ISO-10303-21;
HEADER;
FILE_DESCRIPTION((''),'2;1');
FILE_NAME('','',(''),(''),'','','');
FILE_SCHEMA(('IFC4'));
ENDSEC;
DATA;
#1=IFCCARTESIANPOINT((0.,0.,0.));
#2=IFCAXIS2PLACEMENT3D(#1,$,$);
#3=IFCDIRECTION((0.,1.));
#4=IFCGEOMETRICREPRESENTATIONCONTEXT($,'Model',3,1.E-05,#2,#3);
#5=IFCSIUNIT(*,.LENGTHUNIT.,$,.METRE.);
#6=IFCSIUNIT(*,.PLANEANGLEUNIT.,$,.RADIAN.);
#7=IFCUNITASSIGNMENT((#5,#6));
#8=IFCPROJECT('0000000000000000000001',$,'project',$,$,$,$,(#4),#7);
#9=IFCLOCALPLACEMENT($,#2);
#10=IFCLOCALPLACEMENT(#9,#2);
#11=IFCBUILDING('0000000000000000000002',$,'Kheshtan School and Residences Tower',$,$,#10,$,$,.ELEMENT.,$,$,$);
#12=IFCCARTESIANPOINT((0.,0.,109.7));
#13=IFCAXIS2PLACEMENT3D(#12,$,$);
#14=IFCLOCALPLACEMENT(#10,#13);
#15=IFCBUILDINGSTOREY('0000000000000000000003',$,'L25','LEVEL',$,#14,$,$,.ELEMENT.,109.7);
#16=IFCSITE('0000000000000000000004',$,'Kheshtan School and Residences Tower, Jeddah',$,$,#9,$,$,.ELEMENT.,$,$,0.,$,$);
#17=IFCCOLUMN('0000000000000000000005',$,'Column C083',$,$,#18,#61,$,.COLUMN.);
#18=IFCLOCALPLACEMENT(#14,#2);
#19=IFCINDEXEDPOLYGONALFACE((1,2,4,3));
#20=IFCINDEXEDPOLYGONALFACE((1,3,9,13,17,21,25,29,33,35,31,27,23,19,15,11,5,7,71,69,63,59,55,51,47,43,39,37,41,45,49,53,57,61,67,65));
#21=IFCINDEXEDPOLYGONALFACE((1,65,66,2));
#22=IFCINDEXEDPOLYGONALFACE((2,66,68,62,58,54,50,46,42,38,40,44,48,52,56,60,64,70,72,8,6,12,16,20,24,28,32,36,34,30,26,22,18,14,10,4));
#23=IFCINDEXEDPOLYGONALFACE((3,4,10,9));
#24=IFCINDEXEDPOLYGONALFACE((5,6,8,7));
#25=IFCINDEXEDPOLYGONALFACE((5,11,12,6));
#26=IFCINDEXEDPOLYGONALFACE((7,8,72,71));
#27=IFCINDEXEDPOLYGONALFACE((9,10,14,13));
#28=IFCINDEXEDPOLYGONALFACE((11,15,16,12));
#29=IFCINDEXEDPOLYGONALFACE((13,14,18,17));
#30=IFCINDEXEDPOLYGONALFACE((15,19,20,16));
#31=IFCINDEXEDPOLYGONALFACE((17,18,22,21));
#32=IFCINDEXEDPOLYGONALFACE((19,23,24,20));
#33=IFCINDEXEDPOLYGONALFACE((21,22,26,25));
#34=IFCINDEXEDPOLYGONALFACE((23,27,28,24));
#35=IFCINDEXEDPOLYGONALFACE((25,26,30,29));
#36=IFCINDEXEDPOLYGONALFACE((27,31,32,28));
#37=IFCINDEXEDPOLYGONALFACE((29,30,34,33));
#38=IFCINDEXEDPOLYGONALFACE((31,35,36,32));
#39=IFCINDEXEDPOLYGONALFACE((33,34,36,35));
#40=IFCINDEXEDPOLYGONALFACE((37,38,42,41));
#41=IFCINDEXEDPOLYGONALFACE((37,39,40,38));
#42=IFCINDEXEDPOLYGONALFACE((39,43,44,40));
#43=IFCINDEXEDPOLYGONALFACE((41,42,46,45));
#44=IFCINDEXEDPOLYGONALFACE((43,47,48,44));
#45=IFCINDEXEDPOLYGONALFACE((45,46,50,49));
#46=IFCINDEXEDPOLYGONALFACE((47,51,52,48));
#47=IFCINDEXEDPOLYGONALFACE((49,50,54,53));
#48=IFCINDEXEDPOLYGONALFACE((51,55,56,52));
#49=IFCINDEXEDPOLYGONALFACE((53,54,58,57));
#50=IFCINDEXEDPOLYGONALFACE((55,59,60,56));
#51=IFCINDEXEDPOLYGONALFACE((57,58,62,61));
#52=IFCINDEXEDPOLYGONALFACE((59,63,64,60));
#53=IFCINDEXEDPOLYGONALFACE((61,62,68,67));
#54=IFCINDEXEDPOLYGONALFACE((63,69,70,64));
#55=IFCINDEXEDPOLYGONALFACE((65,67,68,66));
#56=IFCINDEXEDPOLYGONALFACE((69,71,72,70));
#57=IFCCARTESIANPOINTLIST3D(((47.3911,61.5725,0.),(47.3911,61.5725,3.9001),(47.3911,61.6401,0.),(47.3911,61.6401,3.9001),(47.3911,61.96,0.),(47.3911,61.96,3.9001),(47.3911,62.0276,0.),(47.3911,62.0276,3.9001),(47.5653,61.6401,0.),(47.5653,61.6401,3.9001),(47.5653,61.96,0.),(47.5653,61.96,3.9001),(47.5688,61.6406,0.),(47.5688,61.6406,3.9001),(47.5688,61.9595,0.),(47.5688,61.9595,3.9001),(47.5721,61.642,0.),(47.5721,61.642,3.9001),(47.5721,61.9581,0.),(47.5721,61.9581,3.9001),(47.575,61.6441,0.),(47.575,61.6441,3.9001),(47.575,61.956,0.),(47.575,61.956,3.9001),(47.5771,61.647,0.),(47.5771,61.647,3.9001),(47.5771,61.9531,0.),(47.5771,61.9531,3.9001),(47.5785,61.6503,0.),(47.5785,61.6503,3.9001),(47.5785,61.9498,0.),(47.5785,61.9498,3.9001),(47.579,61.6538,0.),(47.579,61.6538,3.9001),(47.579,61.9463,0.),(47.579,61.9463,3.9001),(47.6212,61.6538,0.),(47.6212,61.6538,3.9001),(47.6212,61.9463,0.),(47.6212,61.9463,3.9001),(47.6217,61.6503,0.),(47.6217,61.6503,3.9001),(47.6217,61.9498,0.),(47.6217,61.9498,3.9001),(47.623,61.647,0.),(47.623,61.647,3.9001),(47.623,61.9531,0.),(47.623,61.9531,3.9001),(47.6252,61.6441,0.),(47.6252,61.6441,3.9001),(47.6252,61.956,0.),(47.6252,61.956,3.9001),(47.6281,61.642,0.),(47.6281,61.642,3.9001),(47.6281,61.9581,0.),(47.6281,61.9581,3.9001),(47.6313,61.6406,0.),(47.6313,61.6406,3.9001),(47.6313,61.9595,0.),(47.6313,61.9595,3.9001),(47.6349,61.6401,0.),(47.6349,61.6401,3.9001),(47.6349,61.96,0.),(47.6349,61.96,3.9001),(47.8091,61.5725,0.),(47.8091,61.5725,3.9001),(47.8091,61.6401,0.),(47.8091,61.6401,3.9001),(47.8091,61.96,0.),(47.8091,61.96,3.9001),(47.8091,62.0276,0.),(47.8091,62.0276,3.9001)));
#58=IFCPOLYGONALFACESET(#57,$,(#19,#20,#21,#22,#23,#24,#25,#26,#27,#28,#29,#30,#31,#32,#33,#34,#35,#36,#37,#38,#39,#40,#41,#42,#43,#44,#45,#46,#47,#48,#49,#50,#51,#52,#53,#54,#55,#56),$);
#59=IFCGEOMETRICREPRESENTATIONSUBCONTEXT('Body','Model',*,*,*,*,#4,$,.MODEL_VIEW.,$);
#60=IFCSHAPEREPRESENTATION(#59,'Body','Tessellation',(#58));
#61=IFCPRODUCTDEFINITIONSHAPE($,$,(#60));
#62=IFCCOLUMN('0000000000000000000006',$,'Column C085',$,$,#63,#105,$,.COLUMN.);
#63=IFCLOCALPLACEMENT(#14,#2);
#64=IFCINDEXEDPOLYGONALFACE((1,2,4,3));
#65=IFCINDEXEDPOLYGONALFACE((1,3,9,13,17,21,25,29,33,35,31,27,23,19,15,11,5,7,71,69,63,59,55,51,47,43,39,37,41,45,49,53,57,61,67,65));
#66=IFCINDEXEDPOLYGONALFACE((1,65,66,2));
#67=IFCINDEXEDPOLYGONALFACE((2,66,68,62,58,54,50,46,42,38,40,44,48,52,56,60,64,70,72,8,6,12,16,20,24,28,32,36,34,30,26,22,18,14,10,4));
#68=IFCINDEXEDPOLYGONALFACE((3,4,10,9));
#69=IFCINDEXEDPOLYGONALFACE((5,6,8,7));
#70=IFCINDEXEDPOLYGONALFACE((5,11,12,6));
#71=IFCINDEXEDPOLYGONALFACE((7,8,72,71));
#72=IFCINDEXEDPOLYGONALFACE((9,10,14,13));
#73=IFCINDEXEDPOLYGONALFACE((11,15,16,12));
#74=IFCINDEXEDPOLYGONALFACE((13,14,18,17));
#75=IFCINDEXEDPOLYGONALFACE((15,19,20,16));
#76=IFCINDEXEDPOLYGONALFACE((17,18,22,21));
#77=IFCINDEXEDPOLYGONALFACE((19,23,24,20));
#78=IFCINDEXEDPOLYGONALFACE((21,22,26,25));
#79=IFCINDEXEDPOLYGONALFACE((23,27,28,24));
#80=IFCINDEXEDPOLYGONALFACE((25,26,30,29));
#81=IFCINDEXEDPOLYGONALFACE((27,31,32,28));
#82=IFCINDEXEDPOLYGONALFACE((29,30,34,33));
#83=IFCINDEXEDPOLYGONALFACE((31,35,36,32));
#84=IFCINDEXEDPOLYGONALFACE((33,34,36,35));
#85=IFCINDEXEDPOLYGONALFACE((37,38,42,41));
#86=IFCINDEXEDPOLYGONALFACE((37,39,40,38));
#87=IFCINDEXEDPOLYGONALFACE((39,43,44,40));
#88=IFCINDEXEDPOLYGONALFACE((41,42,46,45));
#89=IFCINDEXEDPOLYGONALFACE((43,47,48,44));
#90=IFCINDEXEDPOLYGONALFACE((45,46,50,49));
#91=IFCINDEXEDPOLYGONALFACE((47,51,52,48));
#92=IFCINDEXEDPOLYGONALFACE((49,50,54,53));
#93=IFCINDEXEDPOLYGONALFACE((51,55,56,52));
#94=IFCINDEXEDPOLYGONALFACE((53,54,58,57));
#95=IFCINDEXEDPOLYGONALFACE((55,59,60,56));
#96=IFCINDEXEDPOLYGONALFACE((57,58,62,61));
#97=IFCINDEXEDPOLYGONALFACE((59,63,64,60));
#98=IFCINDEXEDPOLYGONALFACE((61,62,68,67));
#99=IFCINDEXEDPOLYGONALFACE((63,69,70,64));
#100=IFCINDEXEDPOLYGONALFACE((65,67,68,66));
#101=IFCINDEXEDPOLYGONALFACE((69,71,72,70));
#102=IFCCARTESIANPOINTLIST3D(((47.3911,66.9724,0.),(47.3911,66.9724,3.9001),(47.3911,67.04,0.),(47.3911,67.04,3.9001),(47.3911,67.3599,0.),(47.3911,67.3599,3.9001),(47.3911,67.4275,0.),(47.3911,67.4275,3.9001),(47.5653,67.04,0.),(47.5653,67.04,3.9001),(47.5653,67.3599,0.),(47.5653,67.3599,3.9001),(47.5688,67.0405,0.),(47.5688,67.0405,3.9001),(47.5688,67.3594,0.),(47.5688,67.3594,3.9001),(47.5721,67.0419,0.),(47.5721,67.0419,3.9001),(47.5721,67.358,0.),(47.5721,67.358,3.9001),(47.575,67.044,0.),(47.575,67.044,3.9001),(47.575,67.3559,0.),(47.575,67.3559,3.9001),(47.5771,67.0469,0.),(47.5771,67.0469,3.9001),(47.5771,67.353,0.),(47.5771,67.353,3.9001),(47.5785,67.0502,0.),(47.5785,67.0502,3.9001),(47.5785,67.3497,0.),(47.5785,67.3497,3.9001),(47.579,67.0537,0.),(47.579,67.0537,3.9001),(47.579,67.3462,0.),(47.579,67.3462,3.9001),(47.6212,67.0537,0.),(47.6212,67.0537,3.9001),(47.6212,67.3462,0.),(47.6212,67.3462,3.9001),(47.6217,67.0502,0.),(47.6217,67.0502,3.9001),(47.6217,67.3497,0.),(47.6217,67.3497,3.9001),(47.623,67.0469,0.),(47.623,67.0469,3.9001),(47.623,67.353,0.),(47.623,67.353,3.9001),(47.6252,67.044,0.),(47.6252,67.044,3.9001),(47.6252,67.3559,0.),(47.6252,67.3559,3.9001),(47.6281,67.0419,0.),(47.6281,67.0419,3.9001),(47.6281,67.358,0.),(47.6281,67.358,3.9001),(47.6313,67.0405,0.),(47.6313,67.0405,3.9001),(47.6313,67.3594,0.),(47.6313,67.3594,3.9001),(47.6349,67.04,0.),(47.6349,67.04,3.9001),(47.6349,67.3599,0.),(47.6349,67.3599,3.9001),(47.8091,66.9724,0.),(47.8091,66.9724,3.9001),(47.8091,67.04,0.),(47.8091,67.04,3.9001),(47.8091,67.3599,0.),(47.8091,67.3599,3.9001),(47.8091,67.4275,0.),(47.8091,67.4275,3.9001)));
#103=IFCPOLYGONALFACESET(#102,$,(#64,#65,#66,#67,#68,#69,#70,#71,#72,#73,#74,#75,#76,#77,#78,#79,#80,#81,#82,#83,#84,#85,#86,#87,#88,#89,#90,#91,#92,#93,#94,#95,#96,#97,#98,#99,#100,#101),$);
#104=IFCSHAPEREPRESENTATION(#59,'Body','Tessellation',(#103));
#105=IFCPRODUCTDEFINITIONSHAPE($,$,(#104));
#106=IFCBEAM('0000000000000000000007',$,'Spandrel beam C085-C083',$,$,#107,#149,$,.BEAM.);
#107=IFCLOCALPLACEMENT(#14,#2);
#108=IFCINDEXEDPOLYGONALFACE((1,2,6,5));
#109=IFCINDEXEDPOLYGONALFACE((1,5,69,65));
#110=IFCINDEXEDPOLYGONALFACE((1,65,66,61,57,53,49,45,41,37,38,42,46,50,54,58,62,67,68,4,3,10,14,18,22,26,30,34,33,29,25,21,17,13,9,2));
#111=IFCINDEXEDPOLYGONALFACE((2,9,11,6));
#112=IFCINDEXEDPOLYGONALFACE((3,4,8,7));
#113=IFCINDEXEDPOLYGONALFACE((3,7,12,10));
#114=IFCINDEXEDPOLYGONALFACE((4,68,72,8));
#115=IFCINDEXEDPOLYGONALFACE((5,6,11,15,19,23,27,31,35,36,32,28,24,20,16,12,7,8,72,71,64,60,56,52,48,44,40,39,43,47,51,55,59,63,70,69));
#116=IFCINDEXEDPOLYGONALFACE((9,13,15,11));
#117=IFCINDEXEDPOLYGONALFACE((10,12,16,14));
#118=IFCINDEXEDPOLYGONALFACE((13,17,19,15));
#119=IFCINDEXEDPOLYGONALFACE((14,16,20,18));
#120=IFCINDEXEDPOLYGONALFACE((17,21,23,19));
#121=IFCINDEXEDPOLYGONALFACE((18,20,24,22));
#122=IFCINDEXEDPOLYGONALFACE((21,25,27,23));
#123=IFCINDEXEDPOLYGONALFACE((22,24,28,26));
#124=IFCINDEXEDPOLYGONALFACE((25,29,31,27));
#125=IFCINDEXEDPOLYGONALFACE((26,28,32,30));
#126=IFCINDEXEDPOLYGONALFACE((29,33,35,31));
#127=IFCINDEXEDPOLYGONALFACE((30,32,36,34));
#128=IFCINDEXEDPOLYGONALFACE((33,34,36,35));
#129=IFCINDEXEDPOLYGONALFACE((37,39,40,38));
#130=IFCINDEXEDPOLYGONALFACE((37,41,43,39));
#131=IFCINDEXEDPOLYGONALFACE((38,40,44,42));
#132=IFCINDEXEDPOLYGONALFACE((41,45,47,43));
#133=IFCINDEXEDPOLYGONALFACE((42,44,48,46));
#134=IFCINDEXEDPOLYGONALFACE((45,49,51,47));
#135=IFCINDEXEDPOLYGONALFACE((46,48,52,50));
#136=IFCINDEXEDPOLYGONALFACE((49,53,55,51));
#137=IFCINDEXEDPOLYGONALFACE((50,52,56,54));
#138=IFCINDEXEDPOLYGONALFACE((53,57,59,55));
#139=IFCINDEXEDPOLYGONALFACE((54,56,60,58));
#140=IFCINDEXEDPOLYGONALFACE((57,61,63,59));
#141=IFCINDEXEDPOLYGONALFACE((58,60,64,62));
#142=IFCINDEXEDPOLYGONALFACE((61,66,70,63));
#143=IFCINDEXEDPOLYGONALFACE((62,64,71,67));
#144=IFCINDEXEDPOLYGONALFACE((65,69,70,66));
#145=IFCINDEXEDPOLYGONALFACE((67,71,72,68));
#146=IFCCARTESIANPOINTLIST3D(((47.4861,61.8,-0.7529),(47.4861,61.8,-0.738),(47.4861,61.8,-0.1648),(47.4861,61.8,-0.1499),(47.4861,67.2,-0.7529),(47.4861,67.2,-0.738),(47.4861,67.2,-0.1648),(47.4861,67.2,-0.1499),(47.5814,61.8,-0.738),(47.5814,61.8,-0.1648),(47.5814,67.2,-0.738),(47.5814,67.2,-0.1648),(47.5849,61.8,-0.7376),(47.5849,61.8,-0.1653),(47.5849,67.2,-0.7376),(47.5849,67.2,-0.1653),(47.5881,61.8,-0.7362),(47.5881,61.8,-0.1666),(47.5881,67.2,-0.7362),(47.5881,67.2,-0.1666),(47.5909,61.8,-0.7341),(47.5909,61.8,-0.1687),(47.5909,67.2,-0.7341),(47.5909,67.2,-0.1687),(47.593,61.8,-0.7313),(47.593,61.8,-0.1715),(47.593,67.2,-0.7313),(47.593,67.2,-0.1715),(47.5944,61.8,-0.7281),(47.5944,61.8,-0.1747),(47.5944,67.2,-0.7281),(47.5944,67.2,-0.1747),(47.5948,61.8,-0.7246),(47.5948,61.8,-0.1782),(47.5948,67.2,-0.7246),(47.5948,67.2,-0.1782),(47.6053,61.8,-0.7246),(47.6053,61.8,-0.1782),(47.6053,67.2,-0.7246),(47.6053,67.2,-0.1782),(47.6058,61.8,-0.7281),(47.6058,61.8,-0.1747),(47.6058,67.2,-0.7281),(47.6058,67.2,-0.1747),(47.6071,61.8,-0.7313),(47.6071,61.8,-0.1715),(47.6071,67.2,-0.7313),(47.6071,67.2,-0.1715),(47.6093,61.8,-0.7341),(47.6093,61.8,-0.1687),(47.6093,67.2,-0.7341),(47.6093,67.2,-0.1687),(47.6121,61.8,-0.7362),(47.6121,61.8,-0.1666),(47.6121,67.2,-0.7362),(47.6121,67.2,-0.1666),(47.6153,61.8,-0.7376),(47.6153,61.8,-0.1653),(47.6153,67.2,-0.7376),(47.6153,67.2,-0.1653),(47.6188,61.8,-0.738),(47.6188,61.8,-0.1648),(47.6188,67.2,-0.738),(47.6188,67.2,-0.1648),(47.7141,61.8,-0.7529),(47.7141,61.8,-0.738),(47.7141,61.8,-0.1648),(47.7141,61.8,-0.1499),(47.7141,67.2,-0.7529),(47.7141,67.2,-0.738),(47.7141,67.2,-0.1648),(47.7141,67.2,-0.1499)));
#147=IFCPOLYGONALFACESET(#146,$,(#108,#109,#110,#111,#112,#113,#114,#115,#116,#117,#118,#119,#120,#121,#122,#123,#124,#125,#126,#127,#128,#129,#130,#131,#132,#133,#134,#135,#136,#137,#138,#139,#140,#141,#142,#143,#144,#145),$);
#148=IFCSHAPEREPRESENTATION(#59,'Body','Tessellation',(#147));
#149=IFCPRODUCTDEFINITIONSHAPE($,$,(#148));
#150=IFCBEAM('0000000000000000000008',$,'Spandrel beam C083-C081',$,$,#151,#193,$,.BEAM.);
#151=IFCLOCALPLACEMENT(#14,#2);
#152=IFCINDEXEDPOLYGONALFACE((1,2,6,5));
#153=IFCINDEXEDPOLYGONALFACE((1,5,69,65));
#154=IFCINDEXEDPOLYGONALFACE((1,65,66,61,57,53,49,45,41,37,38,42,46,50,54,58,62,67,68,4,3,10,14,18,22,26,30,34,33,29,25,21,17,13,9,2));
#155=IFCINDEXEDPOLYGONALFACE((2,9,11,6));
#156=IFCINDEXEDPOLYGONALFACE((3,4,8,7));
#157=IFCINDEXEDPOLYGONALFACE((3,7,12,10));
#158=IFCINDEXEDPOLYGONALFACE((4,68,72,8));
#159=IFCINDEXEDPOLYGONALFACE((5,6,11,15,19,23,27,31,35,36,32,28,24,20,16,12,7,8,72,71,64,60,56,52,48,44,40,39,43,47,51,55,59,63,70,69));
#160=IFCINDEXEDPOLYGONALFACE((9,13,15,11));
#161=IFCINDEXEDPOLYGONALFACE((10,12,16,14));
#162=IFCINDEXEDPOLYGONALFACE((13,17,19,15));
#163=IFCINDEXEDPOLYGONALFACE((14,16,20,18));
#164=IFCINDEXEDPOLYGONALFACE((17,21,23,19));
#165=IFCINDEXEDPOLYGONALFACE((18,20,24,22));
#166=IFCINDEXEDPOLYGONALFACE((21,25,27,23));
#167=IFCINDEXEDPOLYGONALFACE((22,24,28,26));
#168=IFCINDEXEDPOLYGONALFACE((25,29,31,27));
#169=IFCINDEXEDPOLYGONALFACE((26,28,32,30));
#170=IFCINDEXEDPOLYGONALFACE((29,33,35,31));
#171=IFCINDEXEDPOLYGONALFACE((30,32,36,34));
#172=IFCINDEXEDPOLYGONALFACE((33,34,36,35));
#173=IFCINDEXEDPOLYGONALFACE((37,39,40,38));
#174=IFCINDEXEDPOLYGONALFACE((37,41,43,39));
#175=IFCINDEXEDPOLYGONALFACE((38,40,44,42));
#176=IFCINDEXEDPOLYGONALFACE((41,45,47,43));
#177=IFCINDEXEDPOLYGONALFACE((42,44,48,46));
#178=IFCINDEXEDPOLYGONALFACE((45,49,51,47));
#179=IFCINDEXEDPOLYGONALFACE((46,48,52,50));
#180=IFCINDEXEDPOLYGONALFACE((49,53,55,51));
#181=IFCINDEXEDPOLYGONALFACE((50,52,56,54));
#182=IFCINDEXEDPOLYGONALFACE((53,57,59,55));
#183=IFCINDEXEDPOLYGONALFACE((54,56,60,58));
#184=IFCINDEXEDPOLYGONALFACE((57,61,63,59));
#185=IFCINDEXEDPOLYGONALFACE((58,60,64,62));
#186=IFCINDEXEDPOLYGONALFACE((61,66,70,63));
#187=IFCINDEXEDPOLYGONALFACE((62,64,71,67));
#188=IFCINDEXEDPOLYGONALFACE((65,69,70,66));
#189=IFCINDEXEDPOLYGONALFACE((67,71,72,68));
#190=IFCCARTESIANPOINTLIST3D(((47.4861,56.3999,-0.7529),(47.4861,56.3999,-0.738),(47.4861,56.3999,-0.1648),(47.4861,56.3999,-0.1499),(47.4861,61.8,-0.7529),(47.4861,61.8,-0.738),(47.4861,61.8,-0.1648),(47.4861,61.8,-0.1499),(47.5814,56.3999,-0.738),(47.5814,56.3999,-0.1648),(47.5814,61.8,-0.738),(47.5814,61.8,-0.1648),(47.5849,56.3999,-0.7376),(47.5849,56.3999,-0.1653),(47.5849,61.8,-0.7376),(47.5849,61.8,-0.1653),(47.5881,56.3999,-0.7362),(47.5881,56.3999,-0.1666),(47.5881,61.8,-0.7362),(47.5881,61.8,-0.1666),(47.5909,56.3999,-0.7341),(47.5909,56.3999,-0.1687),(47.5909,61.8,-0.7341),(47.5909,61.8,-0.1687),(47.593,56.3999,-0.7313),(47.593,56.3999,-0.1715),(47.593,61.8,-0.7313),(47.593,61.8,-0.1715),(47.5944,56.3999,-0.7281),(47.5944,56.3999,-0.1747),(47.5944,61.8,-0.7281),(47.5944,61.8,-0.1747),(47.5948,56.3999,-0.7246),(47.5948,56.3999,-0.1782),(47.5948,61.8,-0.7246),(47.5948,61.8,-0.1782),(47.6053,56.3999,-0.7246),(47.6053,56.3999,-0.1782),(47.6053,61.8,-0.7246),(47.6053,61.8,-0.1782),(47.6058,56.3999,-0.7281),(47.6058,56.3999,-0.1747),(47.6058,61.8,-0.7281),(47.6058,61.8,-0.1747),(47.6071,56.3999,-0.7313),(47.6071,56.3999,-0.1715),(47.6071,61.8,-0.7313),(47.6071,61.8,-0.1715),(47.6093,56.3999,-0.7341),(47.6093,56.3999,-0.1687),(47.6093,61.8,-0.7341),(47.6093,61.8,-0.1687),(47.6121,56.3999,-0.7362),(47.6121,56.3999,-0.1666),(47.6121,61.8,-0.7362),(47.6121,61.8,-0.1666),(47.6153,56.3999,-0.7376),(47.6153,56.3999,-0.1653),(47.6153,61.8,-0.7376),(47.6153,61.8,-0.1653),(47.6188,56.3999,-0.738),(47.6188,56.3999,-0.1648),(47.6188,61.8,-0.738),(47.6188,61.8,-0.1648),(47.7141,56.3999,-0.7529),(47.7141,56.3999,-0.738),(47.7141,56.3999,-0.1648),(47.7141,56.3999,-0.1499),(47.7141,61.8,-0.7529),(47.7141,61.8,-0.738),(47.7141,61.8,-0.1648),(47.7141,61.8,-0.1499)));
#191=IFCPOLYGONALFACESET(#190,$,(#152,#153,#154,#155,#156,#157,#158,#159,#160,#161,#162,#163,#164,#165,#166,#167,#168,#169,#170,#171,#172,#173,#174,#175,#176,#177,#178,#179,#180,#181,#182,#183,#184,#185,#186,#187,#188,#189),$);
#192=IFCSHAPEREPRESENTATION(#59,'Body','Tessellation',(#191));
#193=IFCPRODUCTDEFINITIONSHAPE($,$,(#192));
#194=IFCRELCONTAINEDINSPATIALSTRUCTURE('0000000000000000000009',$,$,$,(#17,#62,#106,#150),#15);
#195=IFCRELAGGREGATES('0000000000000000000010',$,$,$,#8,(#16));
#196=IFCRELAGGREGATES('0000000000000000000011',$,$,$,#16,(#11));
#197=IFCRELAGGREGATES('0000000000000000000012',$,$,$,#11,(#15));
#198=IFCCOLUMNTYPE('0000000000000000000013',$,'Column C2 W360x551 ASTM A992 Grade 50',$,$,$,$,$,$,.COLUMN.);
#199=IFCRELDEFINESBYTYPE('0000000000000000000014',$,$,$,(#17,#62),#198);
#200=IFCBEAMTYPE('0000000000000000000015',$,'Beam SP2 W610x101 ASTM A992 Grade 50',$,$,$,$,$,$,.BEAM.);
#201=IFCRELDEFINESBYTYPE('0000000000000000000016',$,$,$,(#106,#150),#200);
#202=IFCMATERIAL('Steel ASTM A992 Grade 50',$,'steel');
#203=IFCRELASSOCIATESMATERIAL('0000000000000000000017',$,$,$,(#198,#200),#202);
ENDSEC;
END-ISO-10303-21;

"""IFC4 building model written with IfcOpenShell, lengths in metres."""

from ifc_helpers import new_model, si_unit, direction, frame, origin, origin_2d, place, context, subcontext, project, spatial, i_section, extrude, material, material_profile, profile_set, type_object, element, save


model = new_model("IFC4")

# Units and contexts
model_context = context("Model", 3, precision=1e-05, world=origin(), true_north=direction((0.0, 1.0)))
body_context = subcontext(model_context, "Body", "Model", "MODEL_VIEW")
ifc_project = project(units=[si_unit("LENGTHUNIT", "METRE"), si_unit("PLANEANGLEUNIT", "RADIAN")], contexts=[model_context])

# Site, building, storey
site_placement = place(None, origin())
site = spatial("IfcSite", under=ifc_project, at=site_placement, Name="Kheshtan School and Residences Tower, Jeddah", CompositionType="ELEMENT", RefElevation=0.0)
building_placement = place(site_placement, origin())
building = spatial("IfcBuilding", under=site, at=building_placement, Name="Kheshtan School and Residences Tower", CompositionType="ELEMENT")
storey_placement = place(building_placement, frame((0.0, 0.0, 109.7)))
storey = spatial("IfcBuildingStorey", under=building, at=storey_placement, Name="L25", Description="LEVEL", CompositionType="ELEMENT", Elevation=109.7)

# Columns
ifc_material_1 = material(Name="Steel ASTM A992 Grade 50", Category="steel")
ifc_material_profile_1 = material_profile(ifc_material_1, i_section(OverallWidth=0.418, OverallDepth=0.4551, WebThickness=0.0422, FlangeThickness=0.0676, FilletRadius=0.0137, at=origin_2d()), Name="W360x551")
ifc_profile_set_1 = profile_set([ifc_material_profile_1], Name="Steel ASTM A992 Grade 50")
column_type = type_object("IfcColumnType", Name="Column C2 W360x551 ASTM A992 Grade 50", PredefinedType="COLUMN", material=ifc_profile_set_1)
for number, where, z_axis, x_axis, name in (
    (1, (47.6001, 61.8, 0.0), (0.0, 0.0, 1.0), (1.0, 0.0, 0.0), "Column C083"),
    (2, (47.6001, 67.2, 0.0), (0.0, 0.0, 1.0), (1.0, 0.0, 0.0), "Column C085"),
):
    element("IfcColumn", number, at=place(storey_placement, frame(where, z_axis=z_axis, x_axis=x_axis)), inside=storey, type_object=column_type, Name=name, PredefinedType="COLUMN", context=body_context, shape_type="SweptSolid", body=[
        extrude(i_section(OverallWidth=0.418, OverallDepth=0.4551, WebThickness=0.0422, FlangeThickness=0.0676, FilletRadius=0.0137, at=origin_2d()), origin(), (0.0, 0.0, 1.0), 3.9001),
    ])

# Beams
ifc_material_profile_2 = material_profile(ifc_material_1, i_section(OverallWidth=0.228, OverallDepth=0.603, WebThickness=0.0105, FlangeThickness=0.0149, FilletRadius=0.0134, at=origin_2d()), Name="W610x101")
ifc_profile_set_2 = profile_set([ifc_material_profile_2], Name="Steel ASTM A992 Grade 50")
beam_type = type_object("IfcBeamType", Name="Beam SP2 W610x101 ASTM A992 Grade 50", PredefinedType="BEAM", material=ifc_profile_set_2)
beam_1_placement = place(storey_placement, frame((47.6001, 67.2, -0.4514), z_axis=(0.0, -1.0, 0.0), x_axis=(1.0, 0.0, 0.0)))
element("IfcBeam", 3, at=beam_1_placement, inside=storey, type_object=beam_type, Name="Spandrel beam C085-C083", PredefinedType="BEAM", context=body_context, shape_type="SweptSolid", body=[
    extrude(i_section(OverallWidth=0.228, OverallDepth=0.603, WebThickness=0.0105, FlangeThickness=0.0149, FilletRadius=0.0134, at=origin_2d()), origin(), (0.0, 0.0, 1.0), 5.3999),
])
beam_2_placement = place(storey_placement, frame((47.6001, 61.8, -0.4514), z_axis=(0.0, -1.0, 0.0), x_axis=(1.0, 0.0, 0.0)))
element("IfcBeam", 4, at=beam_2_placement, inside=storey, type_object=beam_type, Name="Spandrel beam C083-C081", PredefinedType="BEAM", context=body_context, shape_type="SweptSolid", body=[
    extrude(i_section(OverallWidth=0.228, OverallDepth=0.603, WebThickness=0.0105, FlangeThickness=0.0149, FilletRadius=0.0134, at=origin_2d()), origin(), (0.0, 0.0, 1.0), 5.4001),
])

save(model, "model.ifc")
